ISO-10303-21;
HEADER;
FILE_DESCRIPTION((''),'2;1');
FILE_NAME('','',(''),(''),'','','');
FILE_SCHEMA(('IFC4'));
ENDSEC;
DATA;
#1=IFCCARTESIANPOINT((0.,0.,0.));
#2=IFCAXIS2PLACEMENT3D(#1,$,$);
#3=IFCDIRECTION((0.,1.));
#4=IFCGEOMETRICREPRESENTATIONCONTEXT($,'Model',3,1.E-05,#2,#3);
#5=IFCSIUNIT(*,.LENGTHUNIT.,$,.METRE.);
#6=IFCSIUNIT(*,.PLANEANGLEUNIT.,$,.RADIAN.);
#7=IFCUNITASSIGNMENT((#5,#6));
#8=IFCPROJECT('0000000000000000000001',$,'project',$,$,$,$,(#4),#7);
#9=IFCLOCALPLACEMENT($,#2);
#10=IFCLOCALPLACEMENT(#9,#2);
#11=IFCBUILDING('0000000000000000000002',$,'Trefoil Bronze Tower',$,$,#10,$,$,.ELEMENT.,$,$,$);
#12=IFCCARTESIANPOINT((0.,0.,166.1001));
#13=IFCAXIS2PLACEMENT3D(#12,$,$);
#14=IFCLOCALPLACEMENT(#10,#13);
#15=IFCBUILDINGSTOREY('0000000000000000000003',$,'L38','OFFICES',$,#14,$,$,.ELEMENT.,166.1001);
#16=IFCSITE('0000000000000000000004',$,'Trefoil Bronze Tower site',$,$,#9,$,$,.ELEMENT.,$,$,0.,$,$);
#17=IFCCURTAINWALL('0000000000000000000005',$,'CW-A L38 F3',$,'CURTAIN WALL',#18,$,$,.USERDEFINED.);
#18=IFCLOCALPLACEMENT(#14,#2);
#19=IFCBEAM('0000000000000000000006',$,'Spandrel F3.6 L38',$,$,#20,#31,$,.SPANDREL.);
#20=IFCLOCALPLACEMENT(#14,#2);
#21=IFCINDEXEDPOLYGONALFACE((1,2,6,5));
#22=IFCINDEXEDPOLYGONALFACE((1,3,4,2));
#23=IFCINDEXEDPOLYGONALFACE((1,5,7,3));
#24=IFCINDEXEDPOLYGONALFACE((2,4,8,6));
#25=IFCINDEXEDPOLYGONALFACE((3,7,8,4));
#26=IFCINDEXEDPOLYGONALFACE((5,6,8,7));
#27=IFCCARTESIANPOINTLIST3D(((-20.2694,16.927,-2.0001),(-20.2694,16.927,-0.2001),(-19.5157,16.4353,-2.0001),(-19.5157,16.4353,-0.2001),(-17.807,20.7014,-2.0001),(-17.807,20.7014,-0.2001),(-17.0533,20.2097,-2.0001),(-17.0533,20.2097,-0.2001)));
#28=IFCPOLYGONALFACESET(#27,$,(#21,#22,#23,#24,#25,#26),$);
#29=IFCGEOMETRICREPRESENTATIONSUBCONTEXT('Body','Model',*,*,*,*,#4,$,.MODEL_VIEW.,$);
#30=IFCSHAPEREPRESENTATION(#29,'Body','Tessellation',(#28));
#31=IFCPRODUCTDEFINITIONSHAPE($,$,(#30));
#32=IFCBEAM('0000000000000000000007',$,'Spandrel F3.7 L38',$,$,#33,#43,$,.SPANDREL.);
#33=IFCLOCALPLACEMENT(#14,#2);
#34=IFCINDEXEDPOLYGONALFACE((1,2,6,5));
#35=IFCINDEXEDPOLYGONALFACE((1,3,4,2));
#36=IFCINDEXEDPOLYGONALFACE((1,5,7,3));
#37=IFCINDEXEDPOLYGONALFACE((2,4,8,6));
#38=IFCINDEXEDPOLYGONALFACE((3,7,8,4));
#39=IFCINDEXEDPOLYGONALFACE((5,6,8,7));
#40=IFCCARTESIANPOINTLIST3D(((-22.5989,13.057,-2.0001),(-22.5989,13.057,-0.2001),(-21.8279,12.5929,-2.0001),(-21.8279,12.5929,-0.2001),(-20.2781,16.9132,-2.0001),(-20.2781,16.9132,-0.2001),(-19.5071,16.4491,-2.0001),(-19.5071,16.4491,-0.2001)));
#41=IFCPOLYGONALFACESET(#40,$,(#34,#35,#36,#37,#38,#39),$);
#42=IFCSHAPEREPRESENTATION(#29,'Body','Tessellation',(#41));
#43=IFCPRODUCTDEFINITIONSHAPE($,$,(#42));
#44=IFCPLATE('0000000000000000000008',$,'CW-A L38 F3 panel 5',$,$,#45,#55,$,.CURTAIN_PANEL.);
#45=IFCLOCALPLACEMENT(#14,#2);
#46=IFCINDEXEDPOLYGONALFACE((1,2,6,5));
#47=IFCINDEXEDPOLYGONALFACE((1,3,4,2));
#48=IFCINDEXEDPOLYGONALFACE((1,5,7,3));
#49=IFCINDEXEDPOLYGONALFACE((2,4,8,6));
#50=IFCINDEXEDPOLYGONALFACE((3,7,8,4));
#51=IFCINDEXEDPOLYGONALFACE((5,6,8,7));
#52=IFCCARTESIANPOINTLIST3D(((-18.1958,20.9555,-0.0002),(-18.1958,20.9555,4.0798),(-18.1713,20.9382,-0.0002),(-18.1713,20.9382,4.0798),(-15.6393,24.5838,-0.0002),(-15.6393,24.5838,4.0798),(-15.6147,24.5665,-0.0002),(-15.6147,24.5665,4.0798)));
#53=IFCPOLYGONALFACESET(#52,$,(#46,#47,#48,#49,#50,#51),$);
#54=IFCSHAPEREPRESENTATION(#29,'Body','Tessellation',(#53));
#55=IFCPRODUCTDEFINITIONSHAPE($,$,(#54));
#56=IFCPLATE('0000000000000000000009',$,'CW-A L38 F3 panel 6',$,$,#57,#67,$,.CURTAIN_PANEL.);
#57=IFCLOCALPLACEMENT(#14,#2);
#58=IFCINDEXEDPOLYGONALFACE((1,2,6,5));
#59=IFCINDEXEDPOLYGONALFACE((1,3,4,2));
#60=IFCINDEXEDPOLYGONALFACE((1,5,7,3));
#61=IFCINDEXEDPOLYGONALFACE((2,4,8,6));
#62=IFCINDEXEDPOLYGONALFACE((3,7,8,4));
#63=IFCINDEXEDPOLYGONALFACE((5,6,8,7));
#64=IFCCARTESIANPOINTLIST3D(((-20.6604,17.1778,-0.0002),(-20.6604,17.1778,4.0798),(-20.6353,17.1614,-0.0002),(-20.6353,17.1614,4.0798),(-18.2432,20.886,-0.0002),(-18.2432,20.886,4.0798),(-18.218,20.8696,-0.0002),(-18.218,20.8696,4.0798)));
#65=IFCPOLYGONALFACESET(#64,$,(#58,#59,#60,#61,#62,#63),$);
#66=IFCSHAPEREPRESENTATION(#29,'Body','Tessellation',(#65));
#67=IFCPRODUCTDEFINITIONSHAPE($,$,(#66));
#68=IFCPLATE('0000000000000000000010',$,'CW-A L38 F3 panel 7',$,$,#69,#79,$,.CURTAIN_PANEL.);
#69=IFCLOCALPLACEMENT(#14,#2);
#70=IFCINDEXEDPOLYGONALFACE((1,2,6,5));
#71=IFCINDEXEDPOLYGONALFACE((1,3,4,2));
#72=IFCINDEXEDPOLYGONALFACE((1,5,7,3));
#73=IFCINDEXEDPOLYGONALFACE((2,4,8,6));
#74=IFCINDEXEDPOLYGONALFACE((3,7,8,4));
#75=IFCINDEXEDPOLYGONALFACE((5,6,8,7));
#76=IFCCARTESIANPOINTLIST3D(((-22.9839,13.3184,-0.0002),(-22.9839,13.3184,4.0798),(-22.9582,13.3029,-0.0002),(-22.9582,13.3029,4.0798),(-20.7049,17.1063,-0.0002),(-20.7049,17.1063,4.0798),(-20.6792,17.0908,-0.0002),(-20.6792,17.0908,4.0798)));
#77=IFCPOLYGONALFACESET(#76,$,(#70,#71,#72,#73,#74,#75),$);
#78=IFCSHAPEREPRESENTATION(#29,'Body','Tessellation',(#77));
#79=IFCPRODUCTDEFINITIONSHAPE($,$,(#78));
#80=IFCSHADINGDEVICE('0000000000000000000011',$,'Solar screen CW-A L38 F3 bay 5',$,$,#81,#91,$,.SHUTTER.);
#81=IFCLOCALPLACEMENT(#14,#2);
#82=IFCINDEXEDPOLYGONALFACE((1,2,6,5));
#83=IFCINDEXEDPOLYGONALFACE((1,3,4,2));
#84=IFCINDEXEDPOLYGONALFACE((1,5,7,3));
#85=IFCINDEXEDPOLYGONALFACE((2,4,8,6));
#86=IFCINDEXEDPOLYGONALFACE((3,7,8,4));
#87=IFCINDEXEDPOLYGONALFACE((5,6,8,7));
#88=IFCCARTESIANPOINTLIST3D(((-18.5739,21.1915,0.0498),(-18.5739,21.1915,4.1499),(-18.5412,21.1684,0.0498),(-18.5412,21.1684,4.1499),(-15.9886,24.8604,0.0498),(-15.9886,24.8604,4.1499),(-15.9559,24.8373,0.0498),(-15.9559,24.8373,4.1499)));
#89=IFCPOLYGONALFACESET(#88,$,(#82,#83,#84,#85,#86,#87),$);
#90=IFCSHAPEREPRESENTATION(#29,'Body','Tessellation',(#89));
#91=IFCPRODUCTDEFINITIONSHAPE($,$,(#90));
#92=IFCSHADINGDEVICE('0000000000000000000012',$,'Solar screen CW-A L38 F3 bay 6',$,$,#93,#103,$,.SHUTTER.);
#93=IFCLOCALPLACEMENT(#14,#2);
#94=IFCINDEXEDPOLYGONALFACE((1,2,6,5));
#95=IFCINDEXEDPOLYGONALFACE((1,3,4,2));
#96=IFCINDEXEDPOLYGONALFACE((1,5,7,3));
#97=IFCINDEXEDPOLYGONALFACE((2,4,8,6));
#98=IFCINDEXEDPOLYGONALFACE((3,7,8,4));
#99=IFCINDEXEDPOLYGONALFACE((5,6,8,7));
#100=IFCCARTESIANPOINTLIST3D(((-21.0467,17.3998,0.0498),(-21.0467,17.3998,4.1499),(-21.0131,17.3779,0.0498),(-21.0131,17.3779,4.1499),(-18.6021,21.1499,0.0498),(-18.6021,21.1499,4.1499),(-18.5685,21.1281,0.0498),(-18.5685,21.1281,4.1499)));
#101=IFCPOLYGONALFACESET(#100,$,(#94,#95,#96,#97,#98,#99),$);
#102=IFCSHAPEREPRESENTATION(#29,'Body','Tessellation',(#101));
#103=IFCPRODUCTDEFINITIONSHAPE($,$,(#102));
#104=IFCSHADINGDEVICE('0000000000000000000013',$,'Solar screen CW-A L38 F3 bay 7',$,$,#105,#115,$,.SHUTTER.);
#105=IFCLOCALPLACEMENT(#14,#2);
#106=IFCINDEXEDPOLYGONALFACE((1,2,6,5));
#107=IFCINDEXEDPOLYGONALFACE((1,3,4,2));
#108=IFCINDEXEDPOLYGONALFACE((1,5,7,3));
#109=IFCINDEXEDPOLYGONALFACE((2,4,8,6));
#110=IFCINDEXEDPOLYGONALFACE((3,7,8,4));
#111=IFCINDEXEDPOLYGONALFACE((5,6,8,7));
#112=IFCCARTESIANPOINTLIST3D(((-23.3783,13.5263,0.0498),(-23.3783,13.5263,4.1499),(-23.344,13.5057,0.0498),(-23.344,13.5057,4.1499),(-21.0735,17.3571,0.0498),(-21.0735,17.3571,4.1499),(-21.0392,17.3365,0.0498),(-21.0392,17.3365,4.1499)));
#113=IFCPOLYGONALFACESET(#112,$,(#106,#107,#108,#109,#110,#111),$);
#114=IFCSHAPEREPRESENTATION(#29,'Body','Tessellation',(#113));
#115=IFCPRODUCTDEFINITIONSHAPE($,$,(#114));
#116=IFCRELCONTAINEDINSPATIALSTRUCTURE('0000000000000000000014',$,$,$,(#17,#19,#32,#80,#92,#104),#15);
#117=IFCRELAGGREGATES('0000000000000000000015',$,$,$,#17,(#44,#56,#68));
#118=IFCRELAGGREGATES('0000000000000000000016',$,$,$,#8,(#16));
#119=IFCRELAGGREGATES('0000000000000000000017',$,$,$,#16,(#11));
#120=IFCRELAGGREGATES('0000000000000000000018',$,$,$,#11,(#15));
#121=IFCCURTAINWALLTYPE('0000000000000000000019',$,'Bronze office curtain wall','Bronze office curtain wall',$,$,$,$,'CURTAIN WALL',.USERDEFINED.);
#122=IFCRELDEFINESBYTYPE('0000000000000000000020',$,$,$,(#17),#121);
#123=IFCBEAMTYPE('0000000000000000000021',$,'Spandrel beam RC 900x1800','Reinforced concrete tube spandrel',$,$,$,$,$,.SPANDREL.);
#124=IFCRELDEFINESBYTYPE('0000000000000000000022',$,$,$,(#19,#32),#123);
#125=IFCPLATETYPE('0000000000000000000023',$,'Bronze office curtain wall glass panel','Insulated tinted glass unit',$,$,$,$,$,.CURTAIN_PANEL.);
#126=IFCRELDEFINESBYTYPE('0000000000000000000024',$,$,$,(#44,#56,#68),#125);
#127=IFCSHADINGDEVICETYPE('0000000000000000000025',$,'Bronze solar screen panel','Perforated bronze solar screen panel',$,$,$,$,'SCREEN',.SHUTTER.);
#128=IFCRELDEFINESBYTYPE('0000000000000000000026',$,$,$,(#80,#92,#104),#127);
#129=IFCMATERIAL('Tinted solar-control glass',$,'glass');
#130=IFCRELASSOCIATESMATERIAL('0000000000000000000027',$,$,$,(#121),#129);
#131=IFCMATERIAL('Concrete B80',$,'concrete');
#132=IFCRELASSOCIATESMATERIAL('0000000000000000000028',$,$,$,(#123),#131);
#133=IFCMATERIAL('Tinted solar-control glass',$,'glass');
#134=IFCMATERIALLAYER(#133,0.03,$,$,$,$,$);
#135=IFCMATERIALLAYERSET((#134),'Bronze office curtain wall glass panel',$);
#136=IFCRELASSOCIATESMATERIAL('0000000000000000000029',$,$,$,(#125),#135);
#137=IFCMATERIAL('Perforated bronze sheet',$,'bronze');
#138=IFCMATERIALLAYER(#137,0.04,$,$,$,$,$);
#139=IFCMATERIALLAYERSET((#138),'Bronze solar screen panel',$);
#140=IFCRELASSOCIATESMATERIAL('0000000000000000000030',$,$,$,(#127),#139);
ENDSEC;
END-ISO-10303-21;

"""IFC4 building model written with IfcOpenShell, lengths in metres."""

from ifc_helpers import new_model, si_unit, direction, frame, origin, origin_2d, place, context, subcontext, project, spatial, rectangle, extrude, material, layer, layer_set, material_profile, profile_set, type_object, element, aggregate, save


model = new_model("IFC4")

# Units and contexts
model_context = context("Model", 3, precision=1e-05, world=origin(), true_north=direction((0.0, 1.0)))
body_context = subcontext(model_context, "Body", "Model", "MODEL_VIEW")
ifc_project = project(units=[si_unit("LENGTHUNIT", "METRE"), si_unit("PLANEANGLEUNIT", "RADIAN")], contexts=[model_context])

# Site, building, storey
site_placement = place(None, origin())
site = spatial("IfcSite", under=ifc_project, at=site_placement, Name="Trefoil Bronze Tower site", CompositionType="ELEMENT", RefElevation=0.0)
building_placement = place(site_placement, origin())
building = spatial("IfcBuilding", under=site, at=building_placement, Name="Trefoil Bronze Tower", CompositionType="ELEMENT")
storey_placement = place(building_placement, frame((0.0, 0.0, 166.1001)))
storey = spatial("IfcBuildingStorey", under=building, at=storey_placement, Name="L38", Description="OFFICES", CompositionType="ELEMENT", Elevation=166.1001)

# Curtain wall
ifc_material_1 = material(Name="Tinted solar-control glass", Category="glass")
curtain_wall_type = type_object("IfcCurtainWallType", Name="Bronze office curtain wall", Description="Bronze office curtain wall", ElementType="CURTAIN WALL", PredefinedType="USERDEFINED", material=ifc_material_1)
curtain_wall_placement = place(storey_placement, origin())
curtain_wall = element("IfcCurtainWall", 1, at=curtain_wall_placement, inside=storey, type_object=curtain_wall_type, Name="CW-A L38 F3", ObjectType="CURTAIN WALL", PredefinedType="USERDEFINED")

# Beams
ifc_material_2 = material(Name="Concrete B80", Category="concrete")
ifc_material_profile_1 = material_profile(ifc_material_2, rectangle(XDim=0.8999, YDim=1.8, at=origin_2d()), Name="RC 900x1800")
ifc_profile_set_1 = profile_set([ifc_material_profile_1], Name="Concrete B80")
beam_type_1 = type_object("IfcBeamType", Name="Spandrel beam RC 900x1800", Description="Reinforced concrete tube spandrel", PredefinedType="SPANDREL", material=ifc_profile_set_1)
beam_1_placement = place(storey_placement, frame((-17.4302, 20.4556, -1.1001), z_axis=(-0.546397, -0.837527, 0.0), x_axis=(0.837527, -0.546397, 0.0)))
element("IfcBeam", 2, at=beam_1_placement, inside=storey, type_object=beam_type_1, Name="Spandrel F3.6 L38", PredefinedType="SPANDREL", context=body_context, shape_type="SweptSolid", body=[
    extrude(rectangle(XDim=0.8999, YDim=1.8, at=origin_2d()), origin(), (0.0, 0.0, 1.0), 4.5066),
])
beam_2_placement = place(storey_placement, frame((-19.8926, 16.6812, -1.1001), z_axis=(-0.515652, -0.856798, 0.0), x_axis=(0.856798, -0.515652, 0.0)))
element("IfcBeam", 3, at=beam_2_placement, inside=storey, type_object=beam_type_1, Name="Spandrel F3.7 L38", PredefinedType="SPANDREL", context=body_context, shape_type="SweptSolid", body=[
    extrude(rectangle(XDim=0.8999, YDim=1.8, at=origin_2d()), origin(), (0.0, 0.0, 1.0), 4.5007),
])

# Plates
ifc_material_3 = material(Name="Tinted solar-control glass", Category="glass")
ifc_layer_1 = layer(ifc_material_3, 0.03)
ifc_layer_set_1 = layer_set([ifc_layer_1], Name="Bronze office curtain wall glass panel")
plate_type = type_object("IfcPlateType", Name="Bronze office curtain wall glass panel", Description="Insulated tinted glass unit", PredefinedType="CURTAIN_PANEL", material=ifc_layer_set_1)
plate_1_placement = place(storey_placement, frame((-16.9053, 22.761, -0.0002), z_axis=(0.0, 0.0, 1.0), x_axis=(-0.575999, -0.81745, 0.0)))
plate_1 = element("IfcPlate", 4, at=plate_1_placement, type_object=plate_type, Name="CW-A L38 F3 panel 5", PredefinedType="CURTAIN_PANEL", context=body_context, shape_type="SweptSolid", body=[
    extrude(rectangle(XDim=4.4385, YDim=0.03, at=origin_2d()), origin(), (0.0, 0.0, 1.0), 4.0801),
])
plate_2_placement = place(storey_placement, frame((-19.4392, 19.0237, -0.0002), z_axis=(0.0, 0.0, 1.0), x_axis=(-0.546089, -0.837727, 0.0)))
plate_2 = element("IfcPlate", 5, at=plate_2_placement, type_object=plate_type, Name="CW-A L38 F3 panel 6", PredefinedType="CURTAIN_PANEL", context=body_context, shape_type="SweptSolid", body=[
    extrude(rectangle(XDim=4.4265, YDim=0.03, at=origin_2d()), origin(), (0.0, 0.0, 1.0), 4.0801),
])
plate_3_placement = place(storey_placement, frame((-21.8315, 15.2046, -0.0002), z_axis=(0.0, 0.0, 1.0), x_axis=(-0.515525, -0.856874, 0.0)))
plate_3 = element("IfcPlate", 6, at=plate_3_placement, type_object=plate_type, Name="CW-A L38 F3 panel 7", PredefinedType="CURTAIN_PANEL", context=body_context, shape_type="SweptSolid", body=[
    extrude(rectangle(XDim=4.4207, YDim=0.03, at=origin_2d()), origin(), (0.0, 0.0, 1.0), 4.0801),
])
aggregate(curtain_wall, [plate_1, plate_2, plate_3])

# Shading devices
ifc_material_4 = material(Name="Perforated bronze sheet", Category="bronze")
ifc_layer_2 = layer(ifc_material_4, 0.04)
ifc_layer_set_2 = layer_set([ifc_layer_2], Name="Bronze solar screen panel")
shading_device_type = type_object("IfcShadingDeviceType", Name="Bronze solar screen panel", Description="Perforated bronze solar screen panel", ElementType="SCREEN", PredefinedType="SHUTTER", material=ifc_layer_set_2)
shading_device_1_placement = place(storey_placement, frame((-17.2649, 23.0144, 0.0498), z_axis=(0.0, 0.0, 1.0), x_axis=(-0.575999, -0.81745, 0.0)))
element("IfcShadingDevice", 7, at=shading_device_1_placement, inside=storey, type_object=shading_device_type, Name="Solar screen CW-A L38 F3 bay 5", PredefinedType="SHUTTER", context=body_context, shape_type="SweptSolid", body=[
    extrude(rectangle(XDim=4.4883, YDim=0.04, at=origin_2d()), origin(), (0.0, 0.0, 1.0), 4.1001),
])
shading_device_2_placement = place(storey_placement, frame((-19.8076, 19.2639, 0.0498), z_axis=(0.0, 0.0, 1.0), x_axis=(-0.546089, -0.837727, 0.0)))
element("IfcShadingDevice", 8, at=shading_device_2_placement, inside=storey, type_object=shading_device_type, Name="Solar screen CW-A L38 F3 bay 6", PredefinedType="SHUTTER", context=body_context, shape_type="SweptSolid", body=[
    extrude(rectangle(XDim=4.4766, YDim=0.04, at=origin_2d()), origin(), (0.0, 0.0, 1.0), 4.1001),
])
shading_device_3_placement = place(storey_placement, frame((-22.2087, 15.4314, 0.0498), z_axis=(0.0, 0.0, 1.0), x_axis=(-0.515525, -0.856874, 0.0)))
element("IfcShadingDevice", 9, at=shading_device_3_placement, inside=storey, type_object=shading_device_type, Name="Solar screen CW-A L38 F3 bay 7", PredefinedType="SHUTTER", context=body_context, shape_type="SweptSolid", body=[
    extrude(rectangle(XDim=4.4707, YDim=0.04, at=origin_2d()), origin(), (0.0, 0.0, 1.0), 4.1001),
])

save(model, "model.ifc")
